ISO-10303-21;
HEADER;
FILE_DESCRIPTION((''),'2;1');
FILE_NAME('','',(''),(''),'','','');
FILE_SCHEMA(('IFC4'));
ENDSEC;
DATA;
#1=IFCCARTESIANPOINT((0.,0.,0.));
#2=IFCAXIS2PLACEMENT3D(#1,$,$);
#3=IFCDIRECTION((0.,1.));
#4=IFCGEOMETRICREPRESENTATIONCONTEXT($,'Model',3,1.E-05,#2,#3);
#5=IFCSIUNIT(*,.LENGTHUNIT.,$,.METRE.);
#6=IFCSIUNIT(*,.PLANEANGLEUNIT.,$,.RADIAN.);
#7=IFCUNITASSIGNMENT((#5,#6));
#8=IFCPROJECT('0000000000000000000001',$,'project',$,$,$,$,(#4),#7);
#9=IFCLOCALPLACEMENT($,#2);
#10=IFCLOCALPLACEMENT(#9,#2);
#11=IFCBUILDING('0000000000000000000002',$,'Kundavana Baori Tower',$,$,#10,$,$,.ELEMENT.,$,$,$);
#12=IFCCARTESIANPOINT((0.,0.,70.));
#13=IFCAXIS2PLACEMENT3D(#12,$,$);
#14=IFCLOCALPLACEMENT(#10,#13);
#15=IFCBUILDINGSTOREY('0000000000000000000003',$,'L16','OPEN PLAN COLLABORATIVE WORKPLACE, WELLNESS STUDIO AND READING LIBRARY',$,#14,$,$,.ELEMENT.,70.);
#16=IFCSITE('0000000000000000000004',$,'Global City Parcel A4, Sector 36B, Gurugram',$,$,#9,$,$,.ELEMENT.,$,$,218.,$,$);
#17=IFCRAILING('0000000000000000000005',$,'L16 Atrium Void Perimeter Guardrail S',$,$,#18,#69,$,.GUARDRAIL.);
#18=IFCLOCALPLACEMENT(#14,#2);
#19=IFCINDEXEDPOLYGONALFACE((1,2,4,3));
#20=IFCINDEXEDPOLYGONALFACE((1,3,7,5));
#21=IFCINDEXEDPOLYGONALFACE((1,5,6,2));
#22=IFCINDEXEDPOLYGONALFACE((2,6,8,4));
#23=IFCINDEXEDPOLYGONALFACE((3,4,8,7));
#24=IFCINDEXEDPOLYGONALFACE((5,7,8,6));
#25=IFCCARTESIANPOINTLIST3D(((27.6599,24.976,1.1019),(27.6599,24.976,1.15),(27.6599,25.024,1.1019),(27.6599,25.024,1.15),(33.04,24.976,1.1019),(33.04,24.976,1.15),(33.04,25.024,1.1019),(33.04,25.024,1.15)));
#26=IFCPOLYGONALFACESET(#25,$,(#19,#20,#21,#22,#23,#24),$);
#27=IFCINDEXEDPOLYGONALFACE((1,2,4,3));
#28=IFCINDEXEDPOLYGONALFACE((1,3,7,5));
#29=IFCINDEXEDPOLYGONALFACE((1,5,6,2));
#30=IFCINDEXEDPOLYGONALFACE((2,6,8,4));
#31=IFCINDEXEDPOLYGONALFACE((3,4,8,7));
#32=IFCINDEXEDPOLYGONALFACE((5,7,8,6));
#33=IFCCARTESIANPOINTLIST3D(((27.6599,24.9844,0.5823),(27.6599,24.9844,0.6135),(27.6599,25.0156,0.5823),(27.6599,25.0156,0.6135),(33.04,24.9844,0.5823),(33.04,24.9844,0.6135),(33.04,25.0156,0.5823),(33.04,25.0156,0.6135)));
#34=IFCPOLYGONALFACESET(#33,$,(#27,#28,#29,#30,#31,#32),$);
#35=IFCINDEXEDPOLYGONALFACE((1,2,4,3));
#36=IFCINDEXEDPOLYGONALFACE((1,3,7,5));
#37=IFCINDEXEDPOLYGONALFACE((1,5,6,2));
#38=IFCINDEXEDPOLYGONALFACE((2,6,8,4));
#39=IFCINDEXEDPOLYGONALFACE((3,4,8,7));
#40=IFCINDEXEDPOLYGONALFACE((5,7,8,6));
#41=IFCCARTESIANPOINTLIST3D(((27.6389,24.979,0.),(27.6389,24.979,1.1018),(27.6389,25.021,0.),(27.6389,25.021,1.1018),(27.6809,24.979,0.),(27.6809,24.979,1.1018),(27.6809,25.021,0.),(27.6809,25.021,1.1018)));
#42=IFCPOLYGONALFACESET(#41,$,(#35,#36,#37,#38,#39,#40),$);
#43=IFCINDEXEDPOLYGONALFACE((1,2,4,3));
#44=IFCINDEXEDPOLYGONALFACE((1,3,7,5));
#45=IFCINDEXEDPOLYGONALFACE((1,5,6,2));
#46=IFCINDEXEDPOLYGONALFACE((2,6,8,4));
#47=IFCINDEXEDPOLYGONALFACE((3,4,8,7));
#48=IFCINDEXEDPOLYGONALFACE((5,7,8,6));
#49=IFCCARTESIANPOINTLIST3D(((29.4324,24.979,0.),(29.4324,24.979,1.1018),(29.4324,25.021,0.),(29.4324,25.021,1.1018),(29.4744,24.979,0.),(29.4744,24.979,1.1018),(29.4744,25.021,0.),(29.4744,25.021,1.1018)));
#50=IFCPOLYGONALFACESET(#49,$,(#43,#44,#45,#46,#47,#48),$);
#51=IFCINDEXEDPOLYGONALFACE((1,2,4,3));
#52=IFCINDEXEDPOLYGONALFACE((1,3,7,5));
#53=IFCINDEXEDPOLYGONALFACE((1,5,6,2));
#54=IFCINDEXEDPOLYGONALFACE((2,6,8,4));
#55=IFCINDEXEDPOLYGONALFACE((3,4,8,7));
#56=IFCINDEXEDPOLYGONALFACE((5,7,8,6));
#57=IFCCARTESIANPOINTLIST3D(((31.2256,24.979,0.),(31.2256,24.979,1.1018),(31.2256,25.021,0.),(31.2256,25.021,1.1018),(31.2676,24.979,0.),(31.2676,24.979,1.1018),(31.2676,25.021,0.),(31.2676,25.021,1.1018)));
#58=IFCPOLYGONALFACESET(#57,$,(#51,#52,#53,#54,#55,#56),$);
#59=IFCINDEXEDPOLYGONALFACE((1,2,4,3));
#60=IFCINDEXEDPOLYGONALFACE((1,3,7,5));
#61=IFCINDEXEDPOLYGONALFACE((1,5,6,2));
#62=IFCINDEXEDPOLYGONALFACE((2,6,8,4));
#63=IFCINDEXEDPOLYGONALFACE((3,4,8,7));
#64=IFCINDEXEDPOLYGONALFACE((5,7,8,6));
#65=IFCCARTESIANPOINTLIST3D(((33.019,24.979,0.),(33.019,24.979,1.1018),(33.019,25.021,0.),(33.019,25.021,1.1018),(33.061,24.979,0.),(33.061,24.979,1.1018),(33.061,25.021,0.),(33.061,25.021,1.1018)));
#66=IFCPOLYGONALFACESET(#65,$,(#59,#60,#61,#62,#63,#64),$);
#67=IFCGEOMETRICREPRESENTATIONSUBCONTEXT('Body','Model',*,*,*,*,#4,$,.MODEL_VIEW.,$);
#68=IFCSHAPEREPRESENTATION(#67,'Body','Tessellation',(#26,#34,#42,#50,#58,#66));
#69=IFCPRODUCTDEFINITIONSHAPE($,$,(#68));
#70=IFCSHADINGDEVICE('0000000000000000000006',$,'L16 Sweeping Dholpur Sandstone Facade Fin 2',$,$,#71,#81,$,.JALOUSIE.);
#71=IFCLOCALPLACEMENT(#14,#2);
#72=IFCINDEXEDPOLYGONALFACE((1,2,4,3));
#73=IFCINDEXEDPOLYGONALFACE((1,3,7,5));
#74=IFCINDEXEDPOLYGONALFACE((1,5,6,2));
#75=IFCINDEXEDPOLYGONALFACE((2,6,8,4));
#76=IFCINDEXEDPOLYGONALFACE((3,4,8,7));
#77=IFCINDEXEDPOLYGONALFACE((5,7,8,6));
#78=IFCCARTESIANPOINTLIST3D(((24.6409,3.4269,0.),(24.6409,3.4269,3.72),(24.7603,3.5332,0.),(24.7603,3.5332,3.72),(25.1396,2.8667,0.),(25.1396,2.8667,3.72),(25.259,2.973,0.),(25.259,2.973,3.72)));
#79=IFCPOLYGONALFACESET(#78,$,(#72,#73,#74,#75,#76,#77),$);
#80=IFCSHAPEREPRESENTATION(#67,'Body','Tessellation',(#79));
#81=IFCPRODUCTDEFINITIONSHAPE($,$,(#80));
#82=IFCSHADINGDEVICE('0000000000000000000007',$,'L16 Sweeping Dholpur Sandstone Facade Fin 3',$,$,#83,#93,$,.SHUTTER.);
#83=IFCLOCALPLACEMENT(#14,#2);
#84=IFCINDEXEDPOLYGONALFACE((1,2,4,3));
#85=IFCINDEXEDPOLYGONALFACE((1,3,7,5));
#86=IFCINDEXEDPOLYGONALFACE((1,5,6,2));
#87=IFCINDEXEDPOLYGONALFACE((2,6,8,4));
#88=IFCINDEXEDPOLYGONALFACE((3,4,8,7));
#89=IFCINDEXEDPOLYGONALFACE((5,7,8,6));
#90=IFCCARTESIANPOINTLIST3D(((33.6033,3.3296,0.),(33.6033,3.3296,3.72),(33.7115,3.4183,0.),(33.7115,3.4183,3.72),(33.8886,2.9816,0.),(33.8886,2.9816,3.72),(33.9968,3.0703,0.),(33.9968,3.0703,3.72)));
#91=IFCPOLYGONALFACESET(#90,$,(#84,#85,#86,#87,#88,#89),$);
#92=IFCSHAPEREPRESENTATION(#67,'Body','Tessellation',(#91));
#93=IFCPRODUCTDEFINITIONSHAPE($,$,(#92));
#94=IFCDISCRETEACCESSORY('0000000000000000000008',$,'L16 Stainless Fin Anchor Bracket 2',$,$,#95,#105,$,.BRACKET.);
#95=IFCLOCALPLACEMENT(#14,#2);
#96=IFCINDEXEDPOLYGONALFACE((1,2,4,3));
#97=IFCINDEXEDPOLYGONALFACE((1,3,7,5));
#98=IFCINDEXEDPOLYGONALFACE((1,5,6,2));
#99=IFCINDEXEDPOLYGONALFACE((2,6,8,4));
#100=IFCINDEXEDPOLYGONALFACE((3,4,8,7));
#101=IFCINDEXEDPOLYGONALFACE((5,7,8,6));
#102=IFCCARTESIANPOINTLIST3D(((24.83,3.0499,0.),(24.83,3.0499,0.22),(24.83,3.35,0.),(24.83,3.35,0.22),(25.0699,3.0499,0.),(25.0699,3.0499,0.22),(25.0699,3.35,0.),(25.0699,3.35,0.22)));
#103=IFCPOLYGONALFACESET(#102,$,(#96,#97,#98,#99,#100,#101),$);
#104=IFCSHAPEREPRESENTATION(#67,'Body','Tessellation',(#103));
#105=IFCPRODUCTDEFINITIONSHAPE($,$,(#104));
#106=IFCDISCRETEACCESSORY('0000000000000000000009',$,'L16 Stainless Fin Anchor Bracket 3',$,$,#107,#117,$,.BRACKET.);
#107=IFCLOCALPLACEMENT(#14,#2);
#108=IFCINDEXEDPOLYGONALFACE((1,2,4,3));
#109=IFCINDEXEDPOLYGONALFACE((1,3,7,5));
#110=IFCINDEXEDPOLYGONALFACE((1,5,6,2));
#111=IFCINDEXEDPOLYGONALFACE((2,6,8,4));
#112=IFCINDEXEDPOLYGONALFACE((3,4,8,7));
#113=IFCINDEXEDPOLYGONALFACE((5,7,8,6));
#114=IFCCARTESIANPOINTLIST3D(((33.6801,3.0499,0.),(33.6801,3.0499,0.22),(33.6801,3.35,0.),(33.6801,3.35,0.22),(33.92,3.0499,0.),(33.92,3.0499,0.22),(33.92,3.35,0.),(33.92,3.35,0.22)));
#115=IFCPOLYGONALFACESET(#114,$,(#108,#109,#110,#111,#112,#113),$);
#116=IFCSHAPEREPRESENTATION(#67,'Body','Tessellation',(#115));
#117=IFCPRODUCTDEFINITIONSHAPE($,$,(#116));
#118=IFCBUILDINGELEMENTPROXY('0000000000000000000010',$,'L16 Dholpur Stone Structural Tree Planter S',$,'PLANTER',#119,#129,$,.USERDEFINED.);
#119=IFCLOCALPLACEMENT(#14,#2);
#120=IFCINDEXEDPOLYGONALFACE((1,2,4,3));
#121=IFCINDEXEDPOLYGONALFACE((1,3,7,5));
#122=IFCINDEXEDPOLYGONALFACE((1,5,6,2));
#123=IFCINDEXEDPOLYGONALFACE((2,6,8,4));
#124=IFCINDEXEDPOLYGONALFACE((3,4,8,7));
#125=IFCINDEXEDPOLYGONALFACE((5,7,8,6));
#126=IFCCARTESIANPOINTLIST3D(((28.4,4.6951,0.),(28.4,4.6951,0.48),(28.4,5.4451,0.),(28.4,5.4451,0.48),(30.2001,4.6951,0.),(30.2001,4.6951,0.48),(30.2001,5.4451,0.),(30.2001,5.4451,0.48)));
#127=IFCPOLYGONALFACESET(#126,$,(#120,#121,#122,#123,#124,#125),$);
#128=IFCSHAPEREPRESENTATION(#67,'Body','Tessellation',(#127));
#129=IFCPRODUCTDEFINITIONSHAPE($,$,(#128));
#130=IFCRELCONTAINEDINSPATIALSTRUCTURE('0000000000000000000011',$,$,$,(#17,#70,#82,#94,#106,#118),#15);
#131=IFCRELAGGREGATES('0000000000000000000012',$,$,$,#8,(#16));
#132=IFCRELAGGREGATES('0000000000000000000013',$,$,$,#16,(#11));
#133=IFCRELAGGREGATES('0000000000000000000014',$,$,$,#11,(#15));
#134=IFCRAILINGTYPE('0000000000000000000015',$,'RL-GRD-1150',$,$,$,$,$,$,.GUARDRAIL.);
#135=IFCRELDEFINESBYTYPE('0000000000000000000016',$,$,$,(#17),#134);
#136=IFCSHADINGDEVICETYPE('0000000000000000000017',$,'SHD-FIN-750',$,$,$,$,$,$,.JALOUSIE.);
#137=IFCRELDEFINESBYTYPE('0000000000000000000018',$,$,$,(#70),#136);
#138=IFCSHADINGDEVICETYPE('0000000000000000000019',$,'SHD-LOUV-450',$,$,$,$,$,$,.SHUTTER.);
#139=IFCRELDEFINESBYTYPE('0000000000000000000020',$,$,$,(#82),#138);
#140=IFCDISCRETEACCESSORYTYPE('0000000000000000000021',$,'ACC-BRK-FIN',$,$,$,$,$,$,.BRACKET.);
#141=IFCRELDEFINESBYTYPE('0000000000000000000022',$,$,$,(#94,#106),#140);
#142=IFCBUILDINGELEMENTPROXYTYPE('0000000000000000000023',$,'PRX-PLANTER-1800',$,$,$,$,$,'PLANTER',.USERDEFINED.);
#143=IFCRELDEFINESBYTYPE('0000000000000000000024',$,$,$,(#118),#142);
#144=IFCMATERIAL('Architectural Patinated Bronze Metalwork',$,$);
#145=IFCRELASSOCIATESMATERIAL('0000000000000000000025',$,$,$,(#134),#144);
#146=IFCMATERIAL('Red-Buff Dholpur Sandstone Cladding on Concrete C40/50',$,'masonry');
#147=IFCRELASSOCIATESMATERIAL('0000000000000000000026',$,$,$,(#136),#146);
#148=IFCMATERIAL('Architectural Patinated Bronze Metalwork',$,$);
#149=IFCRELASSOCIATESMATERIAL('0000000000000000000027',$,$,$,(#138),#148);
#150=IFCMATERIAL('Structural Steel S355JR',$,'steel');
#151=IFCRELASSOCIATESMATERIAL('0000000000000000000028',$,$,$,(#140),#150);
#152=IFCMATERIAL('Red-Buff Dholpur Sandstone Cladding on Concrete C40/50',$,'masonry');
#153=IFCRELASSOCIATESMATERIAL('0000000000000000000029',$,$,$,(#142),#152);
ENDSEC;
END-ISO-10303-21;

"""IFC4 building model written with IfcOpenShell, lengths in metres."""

from ifc_helpers import new_model, si_unit, direction, frame, origin, origin_2d, place, context, subcontext, project, spatial, rectangle, extrude, material, type_object, element, save


model = new_model("IFC4")

# Units and contexts
model_context = context("Model", 3, precision=1e-05, world=origin(), true_north=direction((0.0, 1.0)))
body_context = subcontext(model_context, "Body", "Model", "MODEL_VIEW")
ifc_project = project(units=[si_unit("LENGTHUNIT", "METRE"), si_unit("PLANEANGLEUNIT", "RADIAN")], contexts=[model_context])

# Site, building, storey
site_placement = place(None, origin())
site = spatial("IfcSite", under=ifc_project, at=site_placement, Name="Global City Parcel A4, Sector 36B, Gurugram", CompositionType="ELEMENT", RefElevation=218.0)
building_placement = place(site_placement, origin())
building = spatial("IfcBuilding", under=site, at=building_placement, Name="Kundavana Baori Tower", CompositionType="ELEMENT")
storey_placement = place(building_placement, frame((0.0, 0.0, 70.0)))
storey = spatial("IfcBuildingStorey", under=building, at=storey_placement, Name="L16", Description="OPEN PLAN COLLABORATIVE WORKPLACE, WELLNESS STUDIO AND READING LIBRARY", CompositionType="ELEMENT", Elevation=70.0)

# Railing
ifc_material_1 = material(Name="Architectural Patinated Bronze Metalwork")
railing_type = type_object("IfcRailingType", Name="RL-GRD-1150", PredefinedType="GUARDRAIL", material=ifc_material_1)
railing_placement = place(storey_placement, frame((27.6599, 25.0, 0.0)))
element("IfcRailing", 1, at=railing_placement, inside=storey, type_object=railing_type, Name="L16 Atrium Void Perimeter Guardrail S", PredefinedType="GUARDRAIL", context=body_context, shape_type="SweptSolid", body=[
    extrude(rectangle(XDim=0.0481, YDim=0.0481, at=origin_2d()), frame((0.0, 0.0, 1.126), z_axis=(1.0, 0.0, 0.0), x_axis=(0.0, 1.0, 0.0)), (0.0, 0.0, 1.0), 5.3801),
    extrude(rectangle(XDim=0.0312, YDim=0.0312, at=origin_2d()), frame((0.0, 0.0, 0.5979), z_axis=(1.0, 0.0, 0.0), x_axis=(0.0, 1.0, 0.0)), (0.0, 0.0, 1.0), 5.3801),
    extrude(rectangle(XDim=0.042, YDim=0.042, at=origin_2d()), origin(), (0.0, 0.0, 1.0), 1.1018),
    extrude(rectangle(XDim=0.042, YDim=0.042, at=origin_2d()), frame((1.7935, 0.0, 0.0)), (0.0, 0.0, 1.0), 1.1018),
    extrude(rectangle(XDim=0.042, YDim=0.042, at=origin_2d()), frame((3.5867, 0.0, 0.0)), (0.0, 0.0, 1.0), 1.1018),
    extrude(rectangle(XDim=0.042, YDim=0.042, at=origin_2d()), frame((5.3801, 0.0, 0.0)), (0.0, 0.0, 1.0), 1.1018),
])

# Shading devices
ifc_material_2 = material(Name="Red-Buff Dholpur Sandstone Cladding on Concrete C40/50", Category="masonry")
shading_device_type_1 = type_object("IfcShadingDeviceType", Name="SHD-FIN-750", PredefinedType="JALOUSIE", material=ifc_material_2)
shading_device_1_placement = place(storey_placement, frame((24.95, 3.2, 0.0), z_axis=(0.0, 0.0, 1.0), x_axis=(0.74687, 0.66497, 0.0)))
element("IfcShadingDevice", 2, at=shading_device_1_placement, inside=storey, type_object=shading_device_type_1, Name="L16 Sweeping Dholpur Sandstone Facade Fin 2", PredefinedType="JALOUSIE", context=body_context, shape_type="SweptSolid", body=[
    extrude(rectangle(XDim=0.1599, YDim=0.75, at=origin_2d()), origin(), (0.0, 0.0, 1.0), 3.72),
])
ifc_material_3 = material(Name="Architectural Patinated Bronze Metalwork")
shading_device_type_2 = type_object("IfcShadingDeviceType", Name="SHD-LOUV-450", PredefinedType="SHUTTER", material=ifc_material_3)
shading_device_2_placement = place(storey_placement, frame((33.8, 3.2, 0.0), z_axis=(0.0, 0.0, 1.0), x_axis=(0.773398, 0.633921, 0.0)))
element("IfcShadingDevice", 3, at=shading_device_2_placement, inside=storey, type_object=shading_device_type_2, Name="L16 Sweeping Dholpur Sandstone Facade Fin 3", PredefinedType="SHUTTER", context=body_context, shape_type="SweptSolid", body=[
    extrude(rectangle(XDim=0.1399, YDim=0.45, at=origin_2d()), origin(), (0.0, 0.0, 1.0), 3.72),
])

# Discrete accessories
ifc_material_4 = material(Name="Structural Steel S355JR", Category="steel")
discrete_accessory_type = type_object("IfcDiscreteAccessoryType", Name="ACC-BRK-FIN", PredefinedType="BRACKET", material=ifc_material_4)
for number, where, z_axis, x_axis, name in (
    (4, (24.95, 3.2, 0.0), (0.0, 0.0, 1.0), (1.0, 0.0, 0.0), "L16 Stainless Fin Anchor Bracket 2"),
    (5, (33.8, 3.2, 0.0), (0.0, 0.0, 1.0), (1.0, 0.0, 0.0), "L16 Stainless Fin Anchor Bracket 3"),
):
    element("IfcDiscreteAccessory", number, at=place(storey_placement, frame(where, z_axis=z_axis, x_axis=x_axis)), inside=storey, type_object=discrete_accessory_type, Name=name, PredefinedType="BRACKET", context=body_context, shape_type="SweptSolid", body=[
        extrude(rectangle(XDim=0.24, YDim=0.3, at=origin_2d()), origin(), (0.0, 0.0, 1.0), 0.22),
    ])

# Building element proxy
ifc_material_5 = material(Name="Red-Buff Dholpur Sandstone Cladding on Concrete C40/50", Category="masonry")
building_element_proxy_type = type_object("IfcBuildingElementProxyType", Name="PRX-PLANTER-1800", ElementType="PLANTER", PredefinedType="USERDEFINED", material=ifc_material_5)
proxy_placement = place(storey_placement, frame((29.3, 5.0701, 0.0), z_axis=(0.0, 0.0, 1.0), x_axis=(1.0, 0.0, 0.0)))
element("IfcBuildingElementProxy", 6, at=proxy_placement, inside=storey, type_object=building_element_proxy_type, Name="L16 Dholpur Stone Structural Tree Planter S", ObjectType="PLANTER", PredefinedType="USERDEFINED", context=body_context, shape_type="SweptSolid", body=[
    extrude(rectangle(XDim=1.8, YDim=0.75, at=origin_2d()), origin(), (0.0, 0.0, 1.0), 0.48),
])

save(model, "model.ifc")
